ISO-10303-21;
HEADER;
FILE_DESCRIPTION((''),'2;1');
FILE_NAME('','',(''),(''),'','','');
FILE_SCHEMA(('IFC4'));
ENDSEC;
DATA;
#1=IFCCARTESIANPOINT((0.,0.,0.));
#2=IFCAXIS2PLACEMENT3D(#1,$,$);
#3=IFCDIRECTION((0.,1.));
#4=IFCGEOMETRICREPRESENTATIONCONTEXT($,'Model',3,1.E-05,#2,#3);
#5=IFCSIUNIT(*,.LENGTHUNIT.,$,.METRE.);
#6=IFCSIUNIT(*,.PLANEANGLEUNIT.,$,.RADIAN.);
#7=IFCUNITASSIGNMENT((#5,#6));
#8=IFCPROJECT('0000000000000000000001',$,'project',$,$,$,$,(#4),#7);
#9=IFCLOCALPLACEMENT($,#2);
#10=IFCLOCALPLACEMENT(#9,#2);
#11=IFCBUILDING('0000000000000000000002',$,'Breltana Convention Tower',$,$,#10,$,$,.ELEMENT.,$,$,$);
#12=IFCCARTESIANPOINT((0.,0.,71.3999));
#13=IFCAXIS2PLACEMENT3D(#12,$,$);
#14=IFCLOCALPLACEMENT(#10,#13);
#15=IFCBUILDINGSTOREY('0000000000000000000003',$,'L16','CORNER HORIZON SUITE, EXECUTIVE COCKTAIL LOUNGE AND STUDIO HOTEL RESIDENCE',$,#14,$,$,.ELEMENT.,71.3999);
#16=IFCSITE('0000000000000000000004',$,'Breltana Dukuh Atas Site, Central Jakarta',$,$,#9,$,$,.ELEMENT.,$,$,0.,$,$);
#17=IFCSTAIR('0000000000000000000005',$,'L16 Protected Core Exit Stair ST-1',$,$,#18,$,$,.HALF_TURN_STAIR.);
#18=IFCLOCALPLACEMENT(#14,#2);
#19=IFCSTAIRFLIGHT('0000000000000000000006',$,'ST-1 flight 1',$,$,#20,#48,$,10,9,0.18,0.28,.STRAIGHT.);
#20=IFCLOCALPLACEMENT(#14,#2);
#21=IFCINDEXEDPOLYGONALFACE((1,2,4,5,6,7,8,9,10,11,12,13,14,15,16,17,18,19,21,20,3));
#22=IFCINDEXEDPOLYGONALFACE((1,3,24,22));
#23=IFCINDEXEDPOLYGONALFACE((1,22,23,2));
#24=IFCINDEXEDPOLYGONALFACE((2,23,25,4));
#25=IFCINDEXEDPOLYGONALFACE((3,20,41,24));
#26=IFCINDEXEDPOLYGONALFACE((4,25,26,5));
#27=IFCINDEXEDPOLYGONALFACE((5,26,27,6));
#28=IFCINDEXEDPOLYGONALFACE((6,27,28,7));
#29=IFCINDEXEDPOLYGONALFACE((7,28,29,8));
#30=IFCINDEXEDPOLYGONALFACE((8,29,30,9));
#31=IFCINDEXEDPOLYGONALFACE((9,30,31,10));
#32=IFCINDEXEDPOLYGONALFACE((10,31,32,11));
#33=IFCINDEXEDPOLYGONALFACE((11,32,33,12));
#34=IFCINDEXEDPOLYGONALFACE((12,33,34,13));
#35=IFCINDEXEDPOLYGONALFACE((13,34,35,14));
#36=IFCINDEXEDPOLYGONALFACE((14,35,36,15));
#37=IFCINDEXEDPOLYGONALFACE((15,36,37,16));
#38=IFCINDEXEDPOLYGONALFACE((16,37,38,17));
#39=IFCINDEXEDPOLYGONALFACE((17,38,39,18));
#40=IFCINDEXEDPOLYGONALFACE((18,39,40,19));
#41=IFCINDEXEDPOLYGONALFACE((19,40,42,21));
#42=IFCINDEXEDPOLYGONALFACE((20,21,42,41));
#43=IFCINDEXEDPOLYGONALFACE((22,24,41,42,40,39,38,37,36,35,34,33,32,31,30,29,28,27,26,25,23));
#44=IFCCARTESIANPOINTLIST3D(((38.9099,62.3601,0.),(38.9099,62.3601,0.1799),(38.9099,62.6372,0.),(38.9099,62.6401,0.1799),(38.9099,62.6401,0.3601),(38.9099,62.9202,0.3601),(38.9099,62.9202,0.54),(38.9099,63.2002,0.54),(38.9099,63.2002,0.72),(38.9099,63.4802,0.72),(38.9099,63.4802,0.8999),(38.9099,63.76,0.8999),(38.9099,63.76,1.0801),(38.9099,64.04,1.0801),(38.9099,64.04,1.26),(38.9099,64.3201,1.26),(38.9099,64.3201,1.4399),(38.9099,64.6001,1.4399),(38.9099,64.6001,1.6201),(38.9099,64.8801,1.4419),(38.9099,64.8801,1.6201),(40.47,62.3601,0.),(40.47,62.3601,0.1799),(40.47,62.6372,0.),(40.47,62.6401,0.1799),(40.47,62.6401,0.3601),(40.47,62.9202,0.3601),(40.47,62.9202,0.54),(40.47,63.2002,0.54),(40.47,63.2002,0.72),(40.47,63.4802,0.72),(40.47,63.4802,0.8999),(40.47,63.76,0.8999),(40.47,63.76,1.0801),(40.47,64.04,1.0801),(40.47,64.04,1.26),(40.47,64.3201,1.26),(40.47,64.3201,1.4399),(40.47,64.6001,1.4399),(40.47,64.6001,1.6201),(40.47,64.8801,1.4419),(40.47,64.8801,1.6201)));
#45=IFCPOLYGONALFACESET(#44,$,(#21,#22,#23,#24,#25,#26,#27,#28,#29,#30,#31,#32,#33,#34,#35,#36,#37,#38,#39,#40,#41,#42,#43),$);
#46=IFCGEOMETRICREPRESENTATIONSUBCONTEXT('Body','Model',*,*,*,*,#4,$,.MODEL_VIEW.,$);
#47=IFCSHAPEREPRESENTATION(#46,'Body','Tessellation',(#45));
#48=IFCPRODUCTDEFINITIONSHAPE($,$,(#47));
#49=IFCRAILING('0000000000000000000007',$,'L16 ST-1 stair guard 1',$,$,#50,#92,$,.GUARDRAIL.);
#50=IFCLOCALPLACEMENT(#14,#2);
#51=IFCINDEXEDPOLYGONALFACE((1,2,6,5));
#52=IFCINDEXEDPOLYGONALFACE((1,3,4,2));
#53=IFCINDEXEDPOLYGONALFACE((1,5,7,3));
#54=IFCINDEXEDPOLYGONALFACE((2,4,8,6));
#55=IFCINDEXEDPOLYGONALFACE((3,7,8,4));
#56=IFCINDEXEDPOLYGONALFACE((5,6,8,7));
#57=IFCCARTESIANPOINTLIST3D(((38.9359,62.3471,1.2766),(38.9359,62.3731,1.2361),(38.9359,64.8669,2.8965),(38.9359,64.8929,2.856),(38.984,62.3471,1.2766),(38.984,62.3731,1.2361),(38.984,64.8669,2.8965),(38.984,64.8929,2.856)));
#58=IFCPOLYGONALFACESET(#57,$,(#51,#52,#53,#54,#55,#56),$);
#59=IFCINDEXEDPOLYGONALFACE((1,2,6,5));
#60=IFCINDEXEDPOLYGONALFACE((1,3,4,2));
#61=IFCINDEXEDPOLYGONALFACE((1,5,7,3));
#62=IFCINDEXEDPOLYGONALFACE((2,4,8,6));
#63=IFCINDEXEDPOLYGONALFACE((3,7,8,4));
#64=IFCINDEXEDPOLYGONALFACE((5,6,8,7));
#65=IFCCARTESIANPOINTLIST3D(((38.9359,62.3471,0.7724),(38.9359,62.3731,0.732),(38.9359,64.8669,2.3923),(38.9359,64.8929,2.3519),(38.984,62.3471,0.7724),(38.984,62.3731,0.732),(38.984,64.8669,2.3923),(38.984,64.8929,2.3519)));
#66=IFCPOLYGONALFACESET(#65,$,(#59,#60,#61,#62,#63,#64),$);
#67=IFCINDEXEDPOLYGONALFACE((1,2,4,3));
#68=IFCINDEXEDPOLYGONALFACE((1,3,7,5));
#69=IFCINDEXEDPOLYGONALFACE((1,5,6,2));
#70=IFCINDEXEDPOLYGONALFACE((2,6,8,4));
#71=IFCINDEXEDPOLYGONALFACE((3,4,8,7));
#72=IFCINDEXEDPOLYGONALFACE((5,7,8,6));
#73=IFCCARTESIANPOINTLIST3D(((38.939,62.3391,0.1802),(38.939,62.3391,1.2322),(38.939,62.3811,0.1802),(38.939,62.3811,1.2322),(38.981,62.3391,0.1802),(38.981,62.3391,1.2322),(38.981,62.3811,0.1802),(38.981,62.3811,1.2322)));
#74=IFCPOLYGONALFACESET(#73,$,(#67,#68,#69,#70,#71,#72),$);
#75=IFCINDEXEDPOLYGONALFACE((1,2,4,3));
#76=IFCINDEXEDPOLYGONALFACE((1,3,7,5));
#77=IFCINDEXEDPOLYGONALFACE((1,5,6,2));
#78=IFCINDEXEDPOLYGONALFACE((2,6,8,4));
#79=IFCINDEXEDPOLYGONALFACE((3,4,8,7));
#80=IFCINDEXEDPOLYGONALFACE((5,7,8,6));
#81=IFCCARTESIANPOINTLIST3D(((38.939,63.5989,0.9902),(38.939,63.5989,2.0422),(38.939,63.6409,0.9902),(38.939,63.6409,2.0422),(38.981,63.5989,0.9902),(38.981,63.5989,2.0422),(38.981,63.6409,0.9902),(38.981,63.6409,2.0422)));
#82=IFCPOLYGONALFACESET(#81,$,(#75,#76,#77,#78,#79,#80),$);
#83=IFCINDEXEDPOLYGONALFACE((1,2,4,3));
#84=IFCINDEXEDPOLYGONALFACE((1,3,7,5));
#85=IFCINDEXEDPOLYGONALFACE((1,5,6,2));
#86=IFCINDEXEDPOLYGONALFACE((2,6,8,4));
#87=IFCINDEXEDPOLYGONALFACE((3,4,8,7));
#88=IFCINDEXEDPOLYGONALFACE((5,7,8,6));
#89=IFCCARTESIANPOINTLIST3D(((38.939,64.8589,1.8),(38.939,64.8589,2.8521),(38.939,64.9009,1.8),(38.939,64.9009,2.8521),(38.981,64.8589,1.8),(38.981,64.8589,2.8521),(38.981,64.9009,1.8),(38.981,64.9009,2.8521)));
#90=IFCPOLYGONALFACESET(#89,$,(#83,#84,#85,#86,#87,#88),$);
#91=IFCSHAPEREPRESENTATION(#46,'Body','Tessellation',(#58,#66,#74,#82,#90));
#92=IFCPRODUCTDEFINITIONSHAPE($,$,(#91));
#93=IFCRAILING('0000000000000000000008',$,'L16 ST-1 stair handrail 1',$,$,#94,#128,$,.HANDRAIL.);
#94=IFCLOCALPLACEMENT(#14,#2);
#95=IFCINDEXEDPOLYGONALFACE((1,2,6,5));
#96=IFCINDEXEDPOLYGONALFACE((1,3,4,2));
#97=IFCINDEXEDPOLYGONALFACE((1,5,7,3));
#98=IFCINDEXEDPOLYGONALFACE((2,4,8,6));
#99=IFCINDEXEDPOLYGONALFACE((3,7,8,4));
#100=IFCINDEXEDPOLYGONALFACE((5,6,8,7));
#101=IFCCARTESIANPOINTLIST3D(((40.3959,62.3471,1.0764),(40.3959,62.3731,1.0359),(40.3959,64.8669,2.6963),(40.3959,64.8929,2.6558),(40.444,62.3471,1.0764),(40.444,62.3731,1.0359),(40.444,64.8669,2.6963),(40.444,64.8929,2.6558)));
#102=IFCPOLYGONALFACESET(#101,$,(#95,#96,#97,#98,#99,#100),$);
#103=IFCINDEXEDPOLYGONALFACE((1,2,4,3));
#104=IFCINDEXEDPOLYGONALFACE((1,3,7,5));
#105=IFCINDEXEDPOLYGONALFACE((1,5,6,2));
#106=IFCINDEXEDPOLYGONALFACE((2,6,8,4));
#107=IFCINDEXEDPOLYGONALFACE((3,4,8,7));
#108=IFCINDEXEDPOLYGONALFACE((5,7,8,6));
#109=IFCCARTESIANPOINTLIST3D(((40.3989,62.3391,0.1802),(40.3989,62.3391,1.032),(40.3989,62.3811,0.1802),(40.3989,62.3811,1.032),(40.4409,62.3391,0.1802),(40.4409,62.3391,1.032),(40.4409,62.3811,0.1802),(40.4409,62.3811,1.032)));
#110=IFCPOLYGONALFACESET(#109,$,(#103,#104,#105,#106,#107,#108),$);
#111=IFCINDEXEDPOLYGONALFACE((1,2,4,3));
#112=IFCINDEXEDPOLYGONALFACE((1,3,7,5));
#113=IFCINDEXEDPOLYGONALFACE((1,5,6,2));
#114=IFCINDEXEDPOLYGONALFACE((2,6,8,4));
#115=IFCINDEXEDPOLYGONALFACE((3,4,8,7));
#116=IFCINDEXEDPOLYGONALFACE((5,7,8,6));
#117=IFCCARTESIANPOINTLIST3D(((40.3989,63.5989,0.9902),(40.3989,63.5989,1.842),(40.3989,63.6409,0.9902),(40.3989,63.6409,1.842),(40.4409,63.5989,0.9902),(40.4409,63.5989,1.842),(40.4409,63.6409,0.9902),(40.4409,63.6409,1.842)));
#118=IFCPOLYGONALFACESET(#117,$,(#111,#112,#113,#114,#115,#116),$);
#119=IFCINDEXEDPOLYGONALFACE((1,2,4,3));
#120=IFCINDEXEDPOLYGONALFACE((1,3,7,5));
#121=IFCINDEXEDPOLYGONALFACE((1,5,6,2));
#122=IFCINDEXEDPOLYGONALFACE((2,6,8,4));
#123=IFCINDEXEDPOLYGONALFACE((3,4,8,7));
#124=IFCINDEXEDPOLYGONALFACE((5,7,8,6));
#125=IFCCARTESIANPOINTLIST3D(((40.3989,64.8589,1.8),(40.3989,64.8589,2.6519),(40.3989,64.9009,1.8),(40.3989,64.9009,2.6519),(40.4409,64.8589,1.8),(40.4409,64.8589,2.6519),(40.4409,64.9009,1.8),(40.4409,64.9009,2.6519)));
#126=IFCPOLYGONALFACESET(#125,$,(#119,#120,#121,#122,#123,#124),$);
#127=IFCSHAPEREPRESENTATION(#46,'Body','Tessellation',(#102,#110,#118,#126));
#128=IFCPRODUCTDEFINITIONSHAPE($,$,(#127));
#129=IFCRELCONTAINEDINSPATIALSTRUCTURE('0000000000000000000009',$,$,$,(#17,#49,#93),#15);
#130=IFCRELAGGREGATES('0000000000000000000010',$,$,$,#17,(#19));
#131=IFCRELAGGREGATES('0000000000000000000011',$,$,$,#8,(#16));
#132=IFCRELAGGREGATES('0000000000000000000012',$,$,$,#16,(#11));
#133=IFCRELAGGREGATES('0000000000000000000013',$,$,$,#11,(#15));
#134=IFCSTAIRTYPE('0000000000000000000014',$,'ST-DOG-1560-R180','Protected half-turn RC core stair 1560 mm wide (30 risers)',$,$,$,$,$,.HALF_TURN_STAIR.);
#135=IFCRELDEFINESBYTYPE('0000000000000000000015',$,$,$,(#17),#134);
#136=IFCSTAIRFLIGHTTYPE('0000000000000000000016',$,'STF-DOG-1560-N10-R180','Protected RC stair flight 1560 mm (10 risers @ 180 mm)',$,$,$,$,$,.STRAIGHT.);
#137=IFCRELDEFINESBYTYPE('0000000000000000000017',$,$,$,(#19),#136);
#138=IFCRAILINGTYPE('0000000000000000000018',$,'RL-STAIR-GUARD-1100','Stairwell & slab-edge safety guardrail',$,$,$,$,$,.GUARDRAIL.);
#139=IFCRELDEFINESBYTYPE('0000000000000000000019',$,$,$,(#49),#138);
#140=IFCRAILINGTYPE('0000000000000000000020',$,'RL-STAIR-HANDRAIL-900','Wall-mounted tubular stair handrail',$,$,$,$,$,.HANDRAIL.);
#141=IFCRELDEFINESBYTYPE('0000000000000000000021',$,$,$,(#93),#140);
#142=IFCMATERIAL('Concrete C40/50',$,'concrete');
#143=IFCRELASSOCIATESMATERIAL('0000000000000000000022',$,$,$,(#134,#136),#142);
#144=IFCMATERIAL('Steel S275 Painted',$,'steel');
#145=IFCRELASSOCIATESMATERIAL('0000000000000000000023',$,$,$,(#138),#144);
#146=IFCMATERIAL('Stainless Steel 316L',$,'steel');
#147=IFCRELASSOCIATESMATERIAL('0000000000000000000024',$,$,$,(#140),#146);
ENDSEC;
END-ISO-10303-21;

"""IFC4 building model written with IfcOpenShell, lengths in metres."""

from ifc_helpers import new_model, si_unit, direction, frame, origin, origin_2d, place, context, subcontext, project, spatial, polyline, rectangle, outline, extrude, material, type_object, element, aggregate, save


model = new_model("IFC4")

# Units and contexts
model_context = context("Model", 3, precision=1e-05, world=origin(), true_north=direction((0.0, 1.0)))
body_context = subcontext(model_context, "Body", "Model", "MODEL_VIEW")
ifc_project = project(units=[si_unit("LENGTHUNIT", "METRE"), si_unit("PLANEANGLEUNIT", "RADIAN")], contexts=[model_context])

# Site, building, storey
site_placement = place(None, origin())
site = spatial("IfcSite", under=ifc_project, at=site_placement, Name="Breltana Dukuh Atas Site, Central Jakarta", CompositionType="ELEMENT", RefElevation=0.0)
building_placement = place(site_placement, origin())
building = spatial("IfcBuilding", under=site, at=building_placement, Name="Breltana Convention Tower", CompositionType="ELEMENT")
storey_placement = place(building_placement, frame((0.0, 0.0, 71.3999)))
storey = spatial("IfcBuildingStorey", under=building, at=storey_placement, Name="L16", Description="CORNER HORIZON SUITE, EXECUTIVE COCKTAIL LOUNGE AND STUDIO HOTEL RESIDENCE", CompositionType="ELEMENT", Elevation=71.3999)

# Stair, stair flight
ifc_material_1 = material(Name="Concrete C40/50", Category="concrete")
stair_type = type_object("IfcStairType", Name="ST-DOG-1560-R180", Description="Protected half-turn RC core stair 1560 mm wide (30 risers)", PredefinedType="HALF_TURN_STAIR", material=ifc_material_1)
stair_placement = place(storey_placement, origin())
stair = element("IfcStair", 1, at=stair_placement, inside=storey, type_object=stair_type, Name="L16 Protected Core Exit Stair ST-1", PredefinedType="HALF_TURN_STAIR")
stair_flight_type = type_object("IfcStairFlightType", Name="STF-DOG-1560-N10-R180", Description="Protected RC stair flight 1560 mm (10 risers @ 180 mm)", PredefinedType="STRAIGHT", material=ifc_material_1)
stair_flight_placement = place(storey_placement, frame((39.6899, 62.3601, 0.0), z_axis=(0.0, 0.0, 1.0), x_axis=(0.0, 1.0, 0.0)))
stair_flight = element("IfcStairFlight", 2, at=stair_flight_placement, type_object=stair_flight_type, Name="ST-1 flight 1", NumberOfRisers=10, NumberOfTreads=9, PredefinedType="STRAIGHT", RiserHeight=0.18, TreadLength=0.28, context=body_context, shape_type="SweptSolid", body=[
    extrude(outline(polyline([(0.0, 0.0), (0.0, 0.1799), (0.28, 0.1799), (0.28, 0.3601), (0.5601, 0.3601), (0.5601, 0.54), (0.8401, 0.54), (0.8401, 0.72), (1.1201, 0.72), (1.1201, 0.8999), (1.3999, 0.8999), (1.3999, 1.0801), (1.6799, 1.0801), (1.6799, 1.26), (1.96, 1.26), (1.96, 1.4399), (2.24, 1.4399), (2.24, 1.6201), (2.52, 1.6201), (2.52, 1.8), (2.52, 1.4419), (0.2771, 0.0), (0.0, 0.0)])), frame((0.0, 0.78, 0.0), z_axis=(0.0, -1.0, 0.0), x_axis=(1.0, 0.0, 0.0)), (0.0, 0.0, 1.0), 1.5601),
])
aggregate(stair, [stair_flight])

# Railings
ifc_material_2 = material(Name="Steel S275 Painted", Category="steel")
railing_type_1 = type_object("IfcRailingType", Name="RL-STAIR-GUARD-1100", Description="Stairwell & slab-edge safety guardrail", PredefinedType="GUARDRAIL", material=ifc_material_2)
railing_1_placement = place(storey_placement, frame((38.96, 62.3601, 0.1802)))
element("IfcRailing", 3, at=railing_1_placement, inside=storey, type_object=railing_type_1, Name="L16 ST-1 stair guard 1", PredefinedType="GUARDRAIL", context=body_context, shape_type="SweptSolid", body=[
    extrude(rectangle(XDim=0.0481, YDim=0.0481, at=origin_2d()), frame((0.0, 0.0, 1.0762), z_axis=(0.0, 0.841176, 0.540762), x_axis=(-1.0, 0.0, 0.0)), (0.0, 0.0, 1.0), 2.9956),
    extrude(rectangle(XDim=0.0481, YDim=0.0481, at=origin_2d()), frame((0.0, 0.0, 0.572), z_axis=(0.0, 0.841176, 0.540762), x_axis=(-1.0, 0.0, 0.0)), (0.0, 0.0, 1.0), 2.9956),
    extrude(rectangle(XDim=0.042, YDim=0.042, at=origin_2d()), origin(), (0.0, 0.0, 1.0), 1.052),
    extrude(rectangle(XDim=0.042, YDim=0.042, at=origin_2d()), frame((0.0, 1.2598, 0.8101)), (0.0, 0.0, 1.0), 1.052),
    extrude(rectangle(XDim=0.042, YDim=0.042, at=origin_2d()), frame((0.0, 2.5198, 1.6199)), (0.0, 0.0, 1.0), 1.052),
])
ifc_material_3 = material(Name="Stainless Steel 316L", Category="steel")
railing_type_2 = type_object("IfcRailingType", Name="RL-STAIR-HANDRAIL-900", Description="Wall-mounted tubular stair handrail", PredefinedType="HANDRAIL", material=ifc_material_3)
railing_2_placement = place(storey_placement, frame((40.4199, 62.3601, 0.1802)))
element("IfcRailing", 4, at=railing_2_placement, inside=storey, type_object=railing_type_2, Name="L16 ST-1 stair handrail 1", PredefinedType="HANDRAIL", context=body_context, shape_type="SweptSolid", body=[
    extrude(rectangle(XDim=0.0481, YDim=0.0481, at=origin_2d()), frame((0.0, 0.0, 0.876), z_axis=(0.0, 0.841176, 0.540762), x_axis=(-1.0, 0.0, 0.0)), (0.0, 0.0, 1.0), 2.9956),
    extrude(rectangle(XDim=0.042, YDim=0.042, at=origin_2d()), origin(), (0.0, 0.0, 1.0), 0.8518),
    extrude(rectangle(XDim=0.042, YDim=0.042, at=origin_2d()), frame((0.0, 1.2598, 0.8101)), (0.0, 0.0, 1.0), 0.8518),
    extrude(rectangle(XDim=0.042, YDim=0.042, at=origin_2d()), frame((0.0, 2.5198, 1.6199)), (0.0, 0.0, 1.0), 0.8518),
])

save(model, "model.ifc")
